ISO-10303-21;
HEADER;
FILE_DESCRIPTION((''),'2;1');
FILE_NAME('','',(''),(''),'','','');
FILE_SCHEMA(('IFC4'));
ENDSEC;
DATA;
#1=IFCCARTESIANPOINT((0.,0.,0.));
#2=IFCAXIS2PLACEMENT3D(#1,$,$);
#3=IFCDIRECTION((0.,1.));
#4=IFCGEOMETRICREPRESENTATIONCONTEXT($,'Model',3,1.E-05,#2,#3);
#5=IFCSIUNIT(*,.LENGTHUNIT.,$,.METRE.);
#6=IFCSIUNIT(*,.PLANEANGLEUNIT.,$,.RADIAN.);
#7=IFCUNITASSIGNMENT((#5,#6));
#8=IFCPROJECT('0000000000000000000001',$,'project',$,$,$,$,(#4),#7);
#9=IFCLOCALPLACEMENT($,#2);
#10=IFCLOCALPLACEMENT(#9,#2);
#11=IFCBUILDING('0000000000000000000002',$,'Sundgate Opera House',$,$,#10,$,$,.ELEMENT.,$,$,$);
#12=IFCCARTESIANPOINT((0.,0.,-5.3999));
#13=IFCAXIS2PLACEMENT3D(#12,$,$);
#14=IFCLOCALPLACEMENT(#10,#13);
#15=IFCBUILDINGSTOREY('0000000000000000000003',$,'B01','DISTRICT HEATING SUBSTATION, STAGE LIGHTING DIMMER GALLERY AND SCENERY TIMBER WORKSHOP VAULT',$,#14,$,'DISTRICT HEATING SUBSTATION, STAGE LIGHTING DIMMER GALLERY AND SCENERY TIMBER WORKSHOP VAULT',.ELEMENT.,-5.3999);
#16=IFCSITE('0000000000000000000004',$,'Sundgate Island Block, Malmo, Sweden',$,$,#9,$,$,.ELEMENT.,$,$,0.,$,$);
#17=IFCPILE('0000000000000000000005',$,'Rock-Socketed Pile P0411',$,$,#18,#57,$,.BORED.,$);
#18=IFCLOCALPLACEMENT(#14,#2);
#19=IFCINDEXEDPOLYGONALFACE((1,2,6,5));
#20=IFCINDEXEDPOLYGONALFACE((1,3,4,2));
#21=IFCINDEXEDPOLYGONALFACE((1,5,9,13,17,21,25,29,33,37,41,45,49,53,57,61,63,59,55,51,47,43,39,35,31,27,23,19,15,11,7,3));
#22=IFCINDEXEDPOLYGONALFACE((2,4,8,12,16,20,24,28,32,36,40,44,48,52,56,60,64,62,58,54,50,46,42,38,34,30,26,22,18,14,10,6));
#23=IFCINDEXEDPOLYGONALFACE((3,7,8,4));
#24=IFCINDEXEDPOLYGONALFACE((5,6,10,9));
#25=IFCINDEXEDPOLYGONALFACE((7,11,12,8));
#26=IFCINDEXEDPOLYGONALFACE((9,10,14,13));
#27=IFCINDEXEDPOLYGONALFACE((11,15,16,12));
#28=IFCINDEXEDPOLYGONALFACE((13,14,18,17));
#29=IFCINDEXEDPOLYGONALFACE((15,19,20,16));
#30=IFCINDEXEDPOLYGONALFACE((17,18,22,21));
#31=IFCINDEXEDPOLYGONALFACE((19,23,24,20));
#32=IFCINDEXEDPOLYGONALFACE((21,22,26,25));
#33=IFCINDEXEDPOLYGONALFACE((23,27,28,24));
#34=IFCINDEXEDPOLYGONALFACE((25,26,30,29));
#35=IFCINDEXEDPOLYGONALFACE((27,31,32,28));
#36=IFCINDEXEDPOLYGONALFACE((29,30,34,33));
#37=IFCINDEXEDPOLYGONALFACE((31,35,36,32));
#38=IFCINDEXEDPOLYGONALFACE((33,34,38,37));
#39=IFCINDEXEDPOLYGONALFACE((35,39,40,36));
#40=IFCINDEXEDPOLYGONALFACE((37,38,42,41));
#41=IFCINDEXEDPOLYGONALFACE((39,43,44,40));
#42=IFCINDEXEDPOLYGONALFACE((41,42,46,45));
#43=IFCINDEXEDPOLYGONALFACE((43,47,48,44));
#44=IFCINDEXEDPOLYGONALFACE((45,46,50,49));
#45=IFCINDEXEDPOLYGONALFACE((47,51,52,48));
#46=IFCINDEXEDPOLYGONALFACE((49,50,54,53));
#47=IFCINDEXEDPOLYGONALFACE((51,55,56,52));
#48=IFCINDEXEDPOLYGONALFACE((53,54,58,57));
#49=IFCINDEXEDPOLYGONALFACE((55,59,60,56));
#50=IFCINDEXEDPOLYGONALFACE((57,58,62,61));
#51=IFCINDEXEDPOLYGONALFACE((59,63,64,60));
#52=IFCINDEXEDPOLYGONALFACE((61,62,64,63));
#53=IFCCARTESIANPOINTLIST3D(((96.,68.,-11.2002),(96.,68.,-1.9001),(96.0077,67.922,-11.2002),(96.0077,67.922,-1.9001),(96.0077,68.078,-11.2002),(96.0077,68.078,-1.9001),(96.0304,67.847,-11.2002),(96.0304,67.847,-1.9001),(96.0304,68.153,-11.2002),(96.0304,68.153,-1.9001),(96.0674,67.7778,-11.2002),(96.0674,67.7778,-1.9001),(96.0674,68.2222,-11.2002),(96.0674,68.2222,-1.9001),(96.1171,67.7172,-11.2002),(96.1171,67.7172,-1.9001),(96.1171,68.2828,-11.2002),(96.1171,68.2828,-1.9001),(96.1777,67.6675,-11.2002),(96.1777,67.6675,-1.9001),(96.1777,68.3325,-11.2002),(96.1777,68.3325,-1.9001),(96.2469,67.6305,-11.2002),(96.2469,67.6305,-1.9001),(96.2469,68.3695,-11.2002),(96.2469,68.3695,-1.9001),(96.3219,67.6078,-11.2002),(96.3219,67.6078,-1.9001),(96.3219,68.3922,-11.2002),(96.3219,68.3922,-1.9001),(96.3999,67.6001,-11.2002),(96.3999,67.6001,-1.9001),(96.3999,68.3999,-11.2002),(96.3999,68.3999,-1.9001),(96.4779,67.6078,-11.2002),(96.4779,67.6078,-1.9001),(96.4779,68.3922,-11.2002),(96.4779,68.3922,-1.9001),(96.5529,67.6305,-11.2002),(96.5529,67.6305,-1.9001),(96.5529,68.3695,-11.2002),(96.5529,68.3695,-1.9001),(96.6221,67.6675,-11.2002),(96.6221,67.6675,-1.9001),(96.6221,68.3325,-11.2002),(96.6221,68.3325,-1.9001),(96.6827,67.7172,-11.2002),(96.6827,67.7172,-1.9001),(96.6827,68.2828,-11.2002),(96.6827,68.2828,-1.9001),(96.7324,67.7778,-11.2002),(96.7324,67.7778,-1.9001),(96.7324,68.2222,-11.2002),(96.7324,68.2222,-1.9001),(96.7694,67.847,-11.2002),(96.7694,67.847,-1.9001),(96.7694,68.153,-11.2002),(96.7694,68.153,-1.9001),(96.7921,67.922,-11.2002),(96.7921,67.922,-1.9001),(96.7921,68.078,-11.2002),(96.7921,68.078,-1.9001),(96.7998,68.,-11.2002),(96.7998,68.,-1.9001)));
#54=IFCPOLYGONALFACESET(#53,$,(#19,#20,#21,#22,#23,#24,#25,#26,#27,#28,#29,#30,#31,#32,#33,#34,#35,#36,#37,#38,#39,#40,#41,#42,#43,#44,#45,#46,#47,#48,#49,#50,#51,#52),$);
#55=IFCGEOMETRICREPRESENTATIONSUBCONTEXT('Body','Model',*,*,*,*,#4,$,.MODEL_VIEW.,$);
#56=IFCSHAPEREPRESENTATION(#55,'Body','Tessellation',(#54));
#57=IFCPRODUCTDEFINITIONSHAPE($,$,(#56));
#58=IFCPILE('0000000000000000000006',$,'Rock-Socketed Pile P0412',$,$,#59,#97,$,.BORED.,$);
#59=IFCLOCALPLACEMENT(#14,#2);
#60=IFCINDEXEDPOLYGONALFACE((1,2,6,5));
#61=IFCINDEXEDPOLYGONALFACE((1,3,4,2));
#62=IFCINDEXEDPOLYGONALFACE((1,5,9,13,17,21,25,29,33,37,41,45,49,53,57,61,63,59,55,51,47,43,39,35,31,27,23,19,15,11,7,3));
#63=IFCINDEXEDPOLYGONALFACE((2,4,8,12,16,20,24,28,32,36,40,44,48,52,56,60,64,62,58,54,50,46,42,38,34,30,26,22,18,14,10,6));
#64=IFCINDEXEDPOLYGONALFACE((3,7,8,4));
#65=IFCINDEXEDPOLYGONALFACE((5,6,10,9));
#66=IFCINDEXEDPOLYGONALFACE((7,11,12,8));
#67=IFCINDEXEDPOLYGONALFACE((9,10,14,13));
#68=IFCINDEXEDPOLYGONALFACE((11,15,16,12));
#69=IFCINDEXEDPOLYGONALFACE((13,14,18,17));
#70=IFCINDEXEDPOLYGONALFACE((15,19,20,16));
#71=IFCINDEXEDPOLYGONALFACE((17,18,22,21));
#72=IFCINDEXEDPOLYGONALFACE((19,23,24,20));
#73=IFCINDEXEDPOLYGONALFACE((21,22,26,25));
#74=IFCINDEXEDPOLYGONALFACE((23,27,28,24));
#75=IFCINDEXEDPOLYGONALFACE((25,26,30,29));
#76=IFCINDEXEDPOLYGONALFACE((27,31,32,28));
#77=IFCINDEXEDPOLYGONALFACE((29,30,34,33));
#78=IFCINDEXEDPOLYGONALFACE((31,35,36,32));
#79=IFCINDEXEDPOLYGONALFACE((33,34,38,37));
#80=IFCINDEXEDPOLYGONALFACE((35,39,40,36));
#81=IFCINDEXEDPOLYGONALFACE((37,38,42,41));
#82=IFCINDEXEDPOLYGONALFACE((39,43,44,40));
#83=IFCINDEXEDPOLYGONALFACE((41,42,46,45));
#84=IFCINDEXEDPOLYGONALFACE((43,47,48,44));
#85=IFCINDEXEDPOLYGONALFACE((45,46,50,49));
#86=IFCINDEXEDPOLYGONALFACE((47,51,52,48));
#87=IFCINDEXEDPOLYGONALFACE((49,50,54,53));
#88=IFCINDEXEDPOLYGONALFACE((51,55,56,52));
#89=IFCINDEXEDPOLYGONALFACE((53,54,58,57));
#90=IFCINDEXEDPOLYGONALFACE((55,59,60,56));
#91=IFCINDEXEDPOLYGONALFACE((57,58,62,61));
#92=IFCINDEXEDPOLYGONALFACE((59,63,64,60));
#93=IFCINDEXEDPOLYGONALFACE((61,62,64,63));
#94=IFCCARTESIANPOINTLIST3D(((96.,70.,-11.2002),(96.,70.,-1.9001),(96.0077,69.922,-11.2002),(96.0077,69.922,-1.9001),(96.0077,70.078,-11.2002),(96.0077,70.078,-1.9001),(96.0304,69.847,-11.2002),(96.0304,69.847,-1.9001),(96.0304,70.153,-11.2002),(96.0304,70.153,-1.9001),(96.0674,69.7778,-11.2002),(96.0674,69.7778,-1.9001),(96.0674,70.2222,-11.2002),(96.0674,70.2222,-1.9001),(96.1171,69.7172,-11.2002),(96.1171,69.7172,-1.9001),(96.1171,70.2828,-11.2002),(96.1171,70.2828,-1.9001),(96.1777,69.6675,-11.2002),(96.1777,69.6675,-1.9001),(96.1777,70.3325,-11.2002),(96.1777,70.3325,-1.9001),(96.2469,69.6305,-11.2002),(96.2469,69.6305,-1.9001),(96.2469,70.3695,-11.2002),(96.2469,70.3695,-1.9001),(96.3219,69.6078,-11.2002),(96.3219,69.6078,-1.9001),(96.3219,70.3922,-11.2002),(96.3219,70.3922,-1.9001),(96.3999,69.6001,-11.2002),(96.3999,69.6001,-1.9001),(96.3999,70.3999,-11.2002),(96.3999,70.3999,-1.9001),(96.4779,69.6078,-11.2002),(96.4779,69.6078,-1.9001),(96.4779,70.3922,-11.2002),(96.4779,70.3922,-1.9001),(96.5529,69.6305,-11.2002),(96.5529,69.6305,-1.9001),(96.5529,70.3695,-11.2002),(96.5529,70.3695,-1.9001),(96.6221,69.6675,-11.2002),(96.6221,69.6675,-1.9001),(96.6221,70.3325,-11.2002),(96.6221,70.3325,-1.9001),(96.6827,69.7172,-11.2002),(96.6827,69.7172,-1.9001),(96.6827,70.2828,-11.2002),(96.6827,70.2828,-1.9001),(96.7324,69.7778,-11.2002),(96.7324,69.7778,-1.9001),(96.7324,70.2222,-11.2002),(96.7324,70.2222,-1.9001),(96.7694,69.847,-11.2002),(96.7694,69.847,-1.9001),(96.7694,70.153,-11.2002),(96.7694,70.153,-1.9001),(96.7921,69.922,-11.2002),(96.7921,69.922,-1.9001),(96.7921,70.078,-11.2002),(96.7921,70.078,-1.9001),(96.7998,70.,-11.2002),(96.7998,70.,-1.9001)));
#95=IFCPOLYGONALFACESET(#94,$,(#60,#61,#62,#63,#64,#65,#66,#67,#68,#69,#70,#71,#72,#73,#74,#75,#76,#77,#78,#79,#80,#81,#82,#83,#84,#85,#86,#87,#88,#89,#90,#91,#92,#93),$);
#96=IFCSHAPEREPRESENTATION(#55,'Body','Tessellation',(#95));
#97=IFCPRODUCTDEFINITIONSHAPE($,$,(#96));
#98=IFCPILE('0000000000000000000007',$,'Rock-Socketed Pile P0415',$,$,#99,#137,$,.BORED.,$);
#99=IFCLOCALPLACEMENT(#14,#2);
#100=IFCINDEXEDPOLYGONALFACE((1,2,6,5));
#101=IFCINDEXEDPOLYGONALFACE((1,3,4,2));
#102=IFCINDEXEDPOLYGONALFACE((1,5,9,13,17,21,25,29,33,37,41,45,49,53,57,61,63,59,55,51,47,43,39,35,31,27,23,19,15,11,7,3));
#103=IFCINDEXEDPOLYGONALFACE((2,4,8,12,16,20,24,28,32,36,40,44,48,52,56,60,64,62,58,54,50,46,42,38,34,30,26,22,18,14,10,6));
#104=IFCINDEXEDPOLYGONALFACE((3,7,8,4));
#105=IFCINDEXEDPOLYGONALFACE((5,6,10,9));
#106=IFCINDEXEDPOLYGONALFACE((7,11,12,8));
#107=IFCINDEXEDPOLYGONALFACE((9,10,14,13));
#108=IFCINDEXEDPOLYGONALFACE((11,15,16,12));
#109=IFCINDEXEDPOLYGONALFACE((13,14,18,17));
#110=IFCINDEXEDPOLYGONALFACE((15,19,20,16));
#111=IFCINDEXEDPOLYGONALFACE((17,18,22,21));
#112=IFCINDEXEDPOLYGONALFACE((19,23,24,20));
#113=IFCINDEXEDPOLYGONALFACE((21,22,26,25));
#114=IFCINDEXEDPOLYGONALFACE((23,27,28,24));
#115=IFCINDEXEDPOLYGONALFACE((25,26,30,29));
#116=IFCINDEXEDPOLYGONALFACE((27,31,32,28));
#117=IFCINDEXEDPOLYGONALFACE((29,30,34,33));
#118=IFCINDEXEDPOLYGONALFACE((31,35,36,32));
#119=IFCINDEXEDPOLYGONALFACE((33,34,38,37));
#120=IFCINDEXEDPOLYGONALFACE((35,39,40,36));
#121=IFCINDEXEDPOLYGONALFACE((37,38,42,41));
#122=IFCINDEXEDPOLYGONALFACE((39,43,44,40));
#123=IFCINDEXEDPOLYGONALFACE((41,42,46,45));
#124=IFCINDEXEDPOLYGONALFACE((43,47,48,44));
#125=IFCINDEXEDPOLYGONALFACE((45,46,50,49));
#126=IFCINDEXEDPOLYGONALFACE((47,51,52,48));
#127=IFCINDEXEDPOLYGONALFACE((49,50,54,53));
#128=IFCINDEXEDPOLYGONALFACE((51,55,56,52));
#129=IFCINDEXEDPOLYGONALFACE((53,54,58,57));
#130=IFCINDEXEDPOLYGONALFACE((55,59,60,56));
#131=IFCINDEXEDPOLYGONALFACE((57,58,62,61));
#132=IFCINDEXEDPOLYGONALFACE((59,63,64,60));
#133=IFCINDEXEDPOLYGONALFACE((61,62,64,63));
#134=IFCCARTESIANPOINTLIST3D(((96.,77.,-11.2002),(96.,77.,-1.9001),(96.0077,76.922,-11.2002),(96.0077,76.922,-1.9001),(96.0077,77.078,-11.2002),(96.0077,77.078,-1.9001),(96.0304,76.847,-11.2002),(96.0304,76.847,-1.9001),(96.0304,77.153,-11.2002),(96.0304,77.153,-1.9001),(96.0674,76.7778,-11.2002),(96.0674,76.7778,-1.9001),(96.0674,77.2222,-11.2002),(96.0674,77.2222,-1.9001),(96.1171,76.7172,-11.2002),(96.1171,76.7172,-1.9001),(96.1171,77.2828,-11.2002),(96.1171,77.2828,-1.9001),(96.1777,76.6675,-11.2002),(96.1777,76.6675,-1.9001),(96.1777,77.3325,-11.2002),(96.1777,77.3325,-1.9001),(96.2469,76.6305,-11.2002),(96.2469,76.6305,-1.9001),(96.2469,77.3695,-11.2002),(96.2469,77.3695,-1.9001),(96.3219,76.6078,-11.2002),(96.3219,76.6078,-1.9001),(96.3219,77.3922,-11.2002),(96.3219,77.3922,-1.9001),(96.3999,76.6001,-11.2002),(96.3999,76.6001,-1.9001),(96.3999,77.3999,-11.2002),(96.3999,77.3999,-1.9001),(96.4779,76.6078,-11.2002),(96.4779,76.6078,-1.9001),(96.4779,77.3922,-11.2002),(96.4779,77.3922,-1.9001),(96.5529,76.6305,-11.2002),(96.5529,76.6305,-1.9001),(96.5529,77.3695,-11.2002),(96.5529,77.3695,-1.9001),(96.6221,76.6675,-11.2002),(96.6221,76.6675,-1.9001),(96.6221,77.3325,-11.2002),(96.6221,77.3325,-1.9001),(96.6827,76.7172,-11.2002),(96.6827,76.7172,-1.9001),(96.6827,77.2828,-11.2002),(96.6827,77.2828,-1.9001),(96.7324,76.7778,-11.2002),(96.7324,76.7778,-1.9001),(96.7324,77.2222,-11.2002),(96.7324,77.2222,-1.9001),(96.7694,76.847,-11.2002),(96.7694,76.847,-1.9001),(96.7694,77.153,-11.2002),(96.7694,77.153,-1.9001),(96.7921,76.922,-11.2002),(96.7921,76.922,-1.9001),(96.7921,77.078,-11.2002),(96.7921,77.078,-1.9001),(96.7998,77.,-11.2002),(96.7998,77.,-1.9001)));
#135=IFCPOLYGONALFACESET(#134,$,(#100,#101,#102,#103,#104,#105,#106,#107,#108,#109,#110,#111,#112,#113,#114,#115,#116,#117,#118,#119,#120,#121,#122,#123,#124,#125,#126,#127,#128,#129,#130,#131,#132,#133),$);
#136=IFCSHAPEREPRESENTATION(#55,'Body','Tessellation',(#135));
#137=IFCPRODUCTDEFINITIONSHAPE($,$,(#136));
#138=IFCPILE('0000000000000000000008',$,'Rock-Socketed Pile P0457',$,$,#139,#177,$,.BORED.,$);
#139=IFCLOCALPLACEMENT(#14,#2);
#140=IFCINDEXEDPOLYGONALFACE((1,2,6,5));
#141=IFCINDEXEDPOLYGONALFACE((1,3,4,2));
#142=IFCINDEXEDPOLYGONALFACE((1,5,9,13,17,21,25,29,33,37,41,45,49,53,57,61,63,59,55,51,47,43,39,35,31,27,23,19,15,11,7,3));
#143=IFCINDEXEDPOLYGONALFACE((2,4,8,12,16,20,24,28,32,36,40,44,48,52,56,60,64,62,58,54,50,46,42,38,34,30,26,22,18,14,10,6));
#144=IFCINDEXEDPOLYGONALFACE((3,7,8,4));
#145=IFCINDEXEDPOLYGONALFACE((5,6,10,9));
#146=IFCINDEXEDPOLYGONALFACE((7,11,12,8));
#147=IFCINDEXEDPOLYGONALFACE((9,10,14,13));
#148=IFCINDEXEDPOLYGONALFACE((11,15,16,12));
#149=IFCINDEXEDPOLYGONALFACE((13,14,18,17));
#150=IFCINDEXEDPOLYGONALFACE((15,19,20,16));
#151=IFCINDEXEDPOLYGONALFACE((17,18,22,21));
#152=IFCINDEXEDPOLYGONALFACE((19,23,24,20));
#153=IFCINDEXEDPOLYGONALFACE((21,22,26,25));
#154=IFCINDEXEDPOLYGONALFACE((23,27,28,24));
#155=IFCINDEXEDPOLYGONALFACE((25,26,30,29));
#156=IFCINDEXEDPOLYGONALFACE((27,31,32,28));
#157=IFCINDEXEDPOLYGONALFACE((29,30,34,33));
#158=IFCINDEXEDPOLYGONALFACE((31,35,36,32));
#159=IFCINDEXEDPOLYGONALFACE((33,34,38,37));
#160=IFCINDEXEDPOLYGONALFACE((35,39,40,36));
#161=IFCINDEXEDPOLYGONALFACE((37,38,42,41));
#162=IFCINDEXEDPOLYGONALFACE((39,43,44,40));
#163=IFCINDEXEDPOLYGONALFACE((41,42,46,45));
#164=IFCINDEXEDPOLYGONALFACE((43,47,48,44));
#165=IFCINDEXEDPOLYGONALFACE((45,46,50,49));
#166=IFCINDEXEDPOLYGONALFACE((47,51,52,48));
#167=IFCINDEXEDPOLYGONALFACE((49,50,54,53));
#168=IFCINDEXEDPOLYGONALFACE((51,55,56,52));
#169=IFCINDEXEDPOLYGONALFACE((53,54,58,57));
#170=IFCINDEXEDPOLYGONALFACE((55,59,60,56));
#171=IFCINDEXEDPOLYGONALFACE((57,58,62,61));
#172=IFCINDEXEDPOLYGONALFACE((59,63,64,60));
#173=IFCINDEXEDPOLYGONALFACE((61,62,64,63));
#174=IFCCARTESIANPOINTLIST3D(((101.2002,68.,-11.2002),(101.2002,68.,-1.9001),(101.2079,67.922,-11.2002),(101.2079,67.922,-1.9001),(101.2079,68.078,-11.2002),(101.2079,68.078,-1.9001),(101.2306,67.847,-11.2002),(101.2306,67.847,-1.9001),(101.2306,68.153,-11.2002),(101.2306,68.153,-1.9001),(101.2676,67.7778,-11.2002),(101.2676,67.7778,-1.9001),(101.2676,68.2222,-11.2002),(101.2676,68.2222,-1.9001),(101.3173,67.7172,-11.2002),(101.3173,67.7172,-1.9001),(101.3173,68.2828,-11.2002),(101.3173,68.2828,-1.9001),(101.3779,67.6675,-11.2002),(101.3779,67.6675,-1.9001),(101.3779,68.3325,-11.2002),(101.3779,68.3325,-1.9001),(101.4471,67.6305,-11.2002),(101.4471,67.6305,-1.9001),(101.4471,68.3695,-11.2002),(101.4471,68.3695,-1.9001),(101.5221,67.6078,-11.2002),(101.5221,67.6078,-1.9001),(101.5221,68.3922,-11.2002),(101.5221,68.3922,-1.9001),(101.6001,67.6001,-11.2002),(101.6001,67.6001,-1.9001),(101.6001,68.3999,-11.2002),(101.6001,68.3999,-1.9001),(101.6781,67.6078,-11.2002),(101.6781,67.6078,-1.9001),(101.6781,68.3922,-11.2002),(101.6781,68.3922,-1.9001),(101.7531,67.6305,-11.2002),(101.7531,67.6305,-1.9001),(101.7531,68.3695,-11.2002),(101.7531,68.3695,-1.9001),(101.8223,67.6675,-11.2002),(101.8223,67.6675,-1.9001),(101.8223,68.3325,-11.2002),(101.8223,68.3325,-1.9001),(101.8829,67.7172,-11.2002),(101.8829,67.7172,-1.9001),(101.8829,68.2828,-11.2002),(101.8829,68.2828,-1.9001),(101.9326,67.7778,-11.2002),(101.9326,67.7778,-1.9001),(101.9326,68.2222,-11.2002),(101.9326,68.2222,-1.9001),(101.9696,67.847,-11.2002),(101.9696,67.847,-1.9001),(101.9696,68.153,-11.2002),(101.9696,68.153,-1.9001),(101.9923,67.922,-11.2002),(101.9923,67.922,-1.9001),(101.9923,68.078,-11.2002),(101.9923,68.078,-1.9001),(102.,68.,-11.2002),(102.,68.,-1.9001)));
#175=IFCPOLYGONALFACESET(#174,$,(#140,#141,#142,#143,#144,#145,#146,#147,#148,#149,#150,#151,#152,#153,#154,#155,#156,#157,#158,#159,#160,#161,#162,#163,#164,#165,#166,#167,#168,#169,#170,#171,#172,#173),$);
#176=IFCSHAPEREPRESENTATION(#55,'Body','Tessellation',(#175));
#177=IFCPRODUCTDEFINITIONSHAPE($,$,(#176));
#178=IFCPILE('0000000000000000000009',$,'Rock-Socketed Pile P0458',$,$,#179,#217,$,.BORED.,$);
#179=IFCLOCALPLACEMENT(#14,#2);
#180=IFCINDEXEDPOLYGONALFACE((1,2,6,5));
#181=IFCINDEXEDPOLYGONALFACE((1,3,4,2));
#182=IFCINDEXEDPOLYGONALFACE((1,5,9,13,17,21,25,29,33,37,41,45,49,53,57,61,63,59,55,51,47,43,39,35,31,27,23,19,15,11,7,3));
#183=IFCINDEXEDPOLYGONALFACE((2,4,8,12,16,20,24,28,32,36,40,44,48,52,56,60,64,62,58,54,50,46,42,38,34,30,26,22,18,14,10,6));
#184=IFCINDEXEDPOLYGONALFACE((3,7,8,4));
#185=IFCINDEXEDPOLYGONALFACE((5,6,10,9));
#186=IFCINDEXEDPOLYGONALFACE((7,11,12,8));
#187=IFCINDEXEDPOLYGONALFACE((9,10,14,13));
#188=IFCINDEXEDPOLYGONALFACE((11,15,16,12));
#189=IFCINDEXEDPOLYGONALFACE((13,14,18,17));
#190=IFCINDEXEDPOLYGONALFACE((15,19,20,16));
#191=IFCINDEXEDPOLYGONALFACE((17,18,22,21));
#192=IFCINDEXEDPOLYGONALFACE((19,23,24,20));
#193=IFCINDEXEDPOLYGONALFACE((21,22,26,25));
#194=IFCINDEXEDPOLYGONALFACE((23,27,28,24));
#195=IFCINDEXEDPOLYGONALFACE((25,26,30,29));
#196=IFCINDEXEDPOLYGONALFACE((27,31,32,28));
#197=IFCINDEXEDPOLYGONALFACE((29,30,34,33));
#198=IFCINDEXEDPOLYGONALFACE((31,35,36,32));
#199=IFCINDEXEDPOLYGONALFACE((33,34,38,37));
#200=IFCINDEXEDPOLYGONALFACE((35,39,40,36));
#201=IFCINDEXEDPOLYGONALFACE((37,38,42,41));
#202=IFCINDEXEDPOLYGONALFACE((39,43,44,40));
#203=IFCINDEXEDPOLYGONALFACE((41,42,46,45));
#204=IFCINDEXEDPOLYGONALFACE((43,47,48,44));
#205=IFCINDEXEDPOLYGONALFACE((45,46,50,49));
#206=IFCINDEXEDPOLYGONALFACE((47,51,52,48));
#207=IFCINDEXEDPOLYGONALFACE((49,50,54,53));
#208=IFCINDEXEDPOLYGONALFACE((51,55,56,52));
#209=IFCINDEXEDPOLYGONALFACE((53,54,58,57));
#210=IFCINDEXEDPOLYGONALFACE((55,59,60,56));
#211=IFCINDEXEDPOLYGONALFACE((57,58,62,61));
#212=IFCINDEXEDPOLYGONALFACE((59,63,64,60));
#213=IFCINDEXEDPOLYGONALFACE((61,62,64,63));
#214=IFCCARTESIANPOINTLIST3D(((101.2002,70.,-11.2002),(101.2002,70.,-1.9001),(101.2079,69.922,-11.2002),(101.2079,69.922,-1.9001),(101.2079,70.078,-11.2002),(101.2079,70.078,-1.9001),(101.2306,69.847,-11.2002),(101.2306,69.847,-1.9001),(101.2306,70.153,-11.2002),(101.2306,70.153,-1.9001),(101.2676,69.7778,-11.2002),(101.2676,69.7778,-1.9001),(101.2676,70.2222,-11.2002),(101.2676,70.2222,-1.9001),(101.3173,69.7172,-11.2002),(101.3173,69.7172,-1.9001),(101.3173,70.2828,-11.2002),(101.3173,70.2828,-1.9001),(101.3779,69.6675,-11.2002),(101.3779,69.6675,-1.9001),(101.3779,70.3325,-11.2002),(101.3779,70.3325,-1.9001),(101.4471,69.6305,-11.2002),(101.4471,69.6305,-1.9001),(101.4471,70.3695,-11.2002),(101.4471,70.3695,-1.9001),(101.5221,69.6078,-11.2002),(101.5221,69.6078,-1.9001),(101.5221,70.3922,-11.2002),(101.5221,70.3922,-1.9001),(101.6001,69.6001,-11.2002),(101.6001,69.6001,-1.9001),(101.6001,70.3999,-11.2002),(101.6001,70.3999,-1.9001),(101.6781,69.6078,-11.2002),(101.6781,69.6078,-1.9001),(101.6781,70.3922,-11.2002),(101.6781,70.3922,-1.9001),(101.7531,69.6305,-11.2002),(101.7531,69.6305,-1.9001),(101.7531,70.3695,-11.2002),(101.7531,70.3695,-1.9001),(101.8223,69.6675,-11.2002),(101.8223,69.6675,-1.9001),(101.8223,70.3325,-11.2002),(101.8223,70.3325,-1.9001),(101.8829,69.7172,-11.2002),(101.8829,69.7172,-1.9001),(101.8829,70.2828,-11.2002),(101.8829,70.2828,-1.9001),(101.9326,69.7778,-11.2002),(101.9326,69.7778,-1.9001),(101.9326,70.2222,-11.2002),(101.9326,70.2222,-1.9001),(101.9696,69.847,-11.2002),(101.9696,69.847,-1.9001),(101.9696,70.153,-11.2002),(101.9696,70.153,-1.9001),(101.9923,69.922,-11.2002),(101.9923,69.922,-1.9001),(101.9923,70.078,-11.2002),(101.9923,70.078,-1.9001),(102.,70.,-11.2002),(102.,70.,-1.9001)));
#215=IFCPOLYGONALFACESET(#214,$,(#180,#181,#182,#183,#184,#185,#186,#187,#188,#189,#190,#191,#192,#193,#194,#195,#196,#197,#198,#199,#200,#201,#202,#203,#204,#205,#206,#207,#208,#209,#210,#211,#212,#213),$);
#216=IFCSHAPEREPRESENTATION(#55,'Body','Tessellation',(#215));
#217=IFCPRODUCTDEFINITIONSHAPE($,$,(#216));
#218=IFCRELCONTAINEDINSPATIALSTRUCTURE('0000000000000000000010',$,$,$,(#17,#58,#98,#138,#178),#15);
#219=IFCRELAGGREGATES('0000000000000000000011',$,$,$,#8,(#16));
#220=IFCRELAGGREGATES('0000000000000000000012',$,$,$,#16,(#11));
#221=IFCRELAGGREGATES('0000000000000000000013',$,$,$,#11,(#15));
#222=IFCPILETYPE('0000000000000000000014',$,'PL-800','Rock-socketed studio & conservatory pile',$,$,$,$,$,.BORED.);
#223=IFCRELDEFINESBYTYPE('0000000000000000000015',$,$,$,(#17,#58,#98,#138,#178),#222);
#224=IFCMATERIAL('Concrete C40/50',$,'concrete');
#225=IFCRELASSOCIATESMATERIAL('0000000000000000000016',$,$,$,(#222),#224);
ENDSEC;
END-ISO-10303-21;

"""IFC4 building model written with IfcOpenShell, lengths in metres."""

from ifc_helpers import new_model, si_unit, direction, frame, origin, origin_2d, place, context, subcontext, project, spatial, circle, extrude, material, material_profile, profile_set, type_object, element, save


model = new_model("IFC4")

# Units and contexts
model_context = context("Model", 3, precision=1e-05, world=origin(), true_north=direction((0.0, 1.0)))
body_context = subcontext(model_context, "Body", "Model", "MODEL_VIEW")
ifc_project = project(units=[si_unit("LENGTHUNIT", "METRE"), si_unit("PLANEANGLEUNIT", "RADIAN")], contexts=[model_context])

# Site, building, storey
site_placement = place(None, origin())
site = spatial("IfcSite", under=ifc_project, at=site_placement, Name="Sundgate Island Block, Malmo, Sweden", CompositionType="ELEMENT", RefElevation=0.0)
building_placement = place(site_placement, origin())
building = spatial("IfcBuilding", under=site, at=building_placement, Name="Sundgate Opera House", CompositionType="ELEMENT")
storey_placement = place(building_placement, frame((0.0, 0.0, -5.3999)))
storey = spatial("IfcBuildingStorey", under=building, at=storey_placement, Name="B01", Description="DISTRICT HEATING SUBSTATION, STAGE LIGHTING DIMMER GALLERY AND SCENERY TIMBER WORKSHOP VAULT", LongName="DISTRICT HEATING SUBSTATION, STAGE LIGHTING DIMMER GALLERY AND SCENERY TIMBER WORKSHOP VAULT", CompositionType="ELEMENT", Elevation=-5.3999)

# Piles
ifc_material_1 = material(Name="Concrete C40/50", Category="concrete")
ifc_material_profile_1 = material_profile(ifc_material_1, circle(Radius=0.3999, at=origin_2d()), Name="PILE D800")
ifc_profile_set_1 = profile_set([ifc_material_profile_1], Name="Concrete C40/50")
pile_type = type_object("IfcPileType", Name="PL-800", Description="Rock-socketed studio & conservatory pile", PredefinedType="BORED", material=ifc_profile_set_1)
for number, where, z_axis, x_axis, name in (
    (1, (96.3999, 68.0, -1.9001), (0.0, 0.0, -1.0), (1.0, 0.0, 0.0), "Rock-Socketed Pile P0411"),
    (2, (96.3999, 70.0, -1.9001), (0.0, 0.0, -1.0), (1.0, 0.0, 0.0), "Rock-Socketed Pile P0412"),
    (3, (96.3999, 77.0, -1.9001), (0.0, 0.0, -1.0), (1.0, 0.0, 0.0), "Rock-Socketed Pile P0415"),
    (4, (101.6001, 68.0, -1.9001), (0.0, 0.0, -1.0), (1.0, 0.0, 0.0), "Rock-Socketed Pile P0457"),
    (5, (101.6001, 70.0, -1.9001), (0.0, 0.0, -1.0), (1.0, 0.0, 0.0), "Rock-Socketed Pile P0458"),
):
    element("IfcPile", number, at=place(storey_placement, frame(where, z_axis=z_axis, x_axis=x_axis)), inside=storey, type_object=pile_type, Name=name, PredefinedType="BORED", context=body_context, shape_type="SweptSolid", body=[
        extrude(circle(Radius=0.3999, at=origin_2d()), origin(), (0.0, 0.0, 1.0), 9.3),
    ])

save(model, "model.ifc")
